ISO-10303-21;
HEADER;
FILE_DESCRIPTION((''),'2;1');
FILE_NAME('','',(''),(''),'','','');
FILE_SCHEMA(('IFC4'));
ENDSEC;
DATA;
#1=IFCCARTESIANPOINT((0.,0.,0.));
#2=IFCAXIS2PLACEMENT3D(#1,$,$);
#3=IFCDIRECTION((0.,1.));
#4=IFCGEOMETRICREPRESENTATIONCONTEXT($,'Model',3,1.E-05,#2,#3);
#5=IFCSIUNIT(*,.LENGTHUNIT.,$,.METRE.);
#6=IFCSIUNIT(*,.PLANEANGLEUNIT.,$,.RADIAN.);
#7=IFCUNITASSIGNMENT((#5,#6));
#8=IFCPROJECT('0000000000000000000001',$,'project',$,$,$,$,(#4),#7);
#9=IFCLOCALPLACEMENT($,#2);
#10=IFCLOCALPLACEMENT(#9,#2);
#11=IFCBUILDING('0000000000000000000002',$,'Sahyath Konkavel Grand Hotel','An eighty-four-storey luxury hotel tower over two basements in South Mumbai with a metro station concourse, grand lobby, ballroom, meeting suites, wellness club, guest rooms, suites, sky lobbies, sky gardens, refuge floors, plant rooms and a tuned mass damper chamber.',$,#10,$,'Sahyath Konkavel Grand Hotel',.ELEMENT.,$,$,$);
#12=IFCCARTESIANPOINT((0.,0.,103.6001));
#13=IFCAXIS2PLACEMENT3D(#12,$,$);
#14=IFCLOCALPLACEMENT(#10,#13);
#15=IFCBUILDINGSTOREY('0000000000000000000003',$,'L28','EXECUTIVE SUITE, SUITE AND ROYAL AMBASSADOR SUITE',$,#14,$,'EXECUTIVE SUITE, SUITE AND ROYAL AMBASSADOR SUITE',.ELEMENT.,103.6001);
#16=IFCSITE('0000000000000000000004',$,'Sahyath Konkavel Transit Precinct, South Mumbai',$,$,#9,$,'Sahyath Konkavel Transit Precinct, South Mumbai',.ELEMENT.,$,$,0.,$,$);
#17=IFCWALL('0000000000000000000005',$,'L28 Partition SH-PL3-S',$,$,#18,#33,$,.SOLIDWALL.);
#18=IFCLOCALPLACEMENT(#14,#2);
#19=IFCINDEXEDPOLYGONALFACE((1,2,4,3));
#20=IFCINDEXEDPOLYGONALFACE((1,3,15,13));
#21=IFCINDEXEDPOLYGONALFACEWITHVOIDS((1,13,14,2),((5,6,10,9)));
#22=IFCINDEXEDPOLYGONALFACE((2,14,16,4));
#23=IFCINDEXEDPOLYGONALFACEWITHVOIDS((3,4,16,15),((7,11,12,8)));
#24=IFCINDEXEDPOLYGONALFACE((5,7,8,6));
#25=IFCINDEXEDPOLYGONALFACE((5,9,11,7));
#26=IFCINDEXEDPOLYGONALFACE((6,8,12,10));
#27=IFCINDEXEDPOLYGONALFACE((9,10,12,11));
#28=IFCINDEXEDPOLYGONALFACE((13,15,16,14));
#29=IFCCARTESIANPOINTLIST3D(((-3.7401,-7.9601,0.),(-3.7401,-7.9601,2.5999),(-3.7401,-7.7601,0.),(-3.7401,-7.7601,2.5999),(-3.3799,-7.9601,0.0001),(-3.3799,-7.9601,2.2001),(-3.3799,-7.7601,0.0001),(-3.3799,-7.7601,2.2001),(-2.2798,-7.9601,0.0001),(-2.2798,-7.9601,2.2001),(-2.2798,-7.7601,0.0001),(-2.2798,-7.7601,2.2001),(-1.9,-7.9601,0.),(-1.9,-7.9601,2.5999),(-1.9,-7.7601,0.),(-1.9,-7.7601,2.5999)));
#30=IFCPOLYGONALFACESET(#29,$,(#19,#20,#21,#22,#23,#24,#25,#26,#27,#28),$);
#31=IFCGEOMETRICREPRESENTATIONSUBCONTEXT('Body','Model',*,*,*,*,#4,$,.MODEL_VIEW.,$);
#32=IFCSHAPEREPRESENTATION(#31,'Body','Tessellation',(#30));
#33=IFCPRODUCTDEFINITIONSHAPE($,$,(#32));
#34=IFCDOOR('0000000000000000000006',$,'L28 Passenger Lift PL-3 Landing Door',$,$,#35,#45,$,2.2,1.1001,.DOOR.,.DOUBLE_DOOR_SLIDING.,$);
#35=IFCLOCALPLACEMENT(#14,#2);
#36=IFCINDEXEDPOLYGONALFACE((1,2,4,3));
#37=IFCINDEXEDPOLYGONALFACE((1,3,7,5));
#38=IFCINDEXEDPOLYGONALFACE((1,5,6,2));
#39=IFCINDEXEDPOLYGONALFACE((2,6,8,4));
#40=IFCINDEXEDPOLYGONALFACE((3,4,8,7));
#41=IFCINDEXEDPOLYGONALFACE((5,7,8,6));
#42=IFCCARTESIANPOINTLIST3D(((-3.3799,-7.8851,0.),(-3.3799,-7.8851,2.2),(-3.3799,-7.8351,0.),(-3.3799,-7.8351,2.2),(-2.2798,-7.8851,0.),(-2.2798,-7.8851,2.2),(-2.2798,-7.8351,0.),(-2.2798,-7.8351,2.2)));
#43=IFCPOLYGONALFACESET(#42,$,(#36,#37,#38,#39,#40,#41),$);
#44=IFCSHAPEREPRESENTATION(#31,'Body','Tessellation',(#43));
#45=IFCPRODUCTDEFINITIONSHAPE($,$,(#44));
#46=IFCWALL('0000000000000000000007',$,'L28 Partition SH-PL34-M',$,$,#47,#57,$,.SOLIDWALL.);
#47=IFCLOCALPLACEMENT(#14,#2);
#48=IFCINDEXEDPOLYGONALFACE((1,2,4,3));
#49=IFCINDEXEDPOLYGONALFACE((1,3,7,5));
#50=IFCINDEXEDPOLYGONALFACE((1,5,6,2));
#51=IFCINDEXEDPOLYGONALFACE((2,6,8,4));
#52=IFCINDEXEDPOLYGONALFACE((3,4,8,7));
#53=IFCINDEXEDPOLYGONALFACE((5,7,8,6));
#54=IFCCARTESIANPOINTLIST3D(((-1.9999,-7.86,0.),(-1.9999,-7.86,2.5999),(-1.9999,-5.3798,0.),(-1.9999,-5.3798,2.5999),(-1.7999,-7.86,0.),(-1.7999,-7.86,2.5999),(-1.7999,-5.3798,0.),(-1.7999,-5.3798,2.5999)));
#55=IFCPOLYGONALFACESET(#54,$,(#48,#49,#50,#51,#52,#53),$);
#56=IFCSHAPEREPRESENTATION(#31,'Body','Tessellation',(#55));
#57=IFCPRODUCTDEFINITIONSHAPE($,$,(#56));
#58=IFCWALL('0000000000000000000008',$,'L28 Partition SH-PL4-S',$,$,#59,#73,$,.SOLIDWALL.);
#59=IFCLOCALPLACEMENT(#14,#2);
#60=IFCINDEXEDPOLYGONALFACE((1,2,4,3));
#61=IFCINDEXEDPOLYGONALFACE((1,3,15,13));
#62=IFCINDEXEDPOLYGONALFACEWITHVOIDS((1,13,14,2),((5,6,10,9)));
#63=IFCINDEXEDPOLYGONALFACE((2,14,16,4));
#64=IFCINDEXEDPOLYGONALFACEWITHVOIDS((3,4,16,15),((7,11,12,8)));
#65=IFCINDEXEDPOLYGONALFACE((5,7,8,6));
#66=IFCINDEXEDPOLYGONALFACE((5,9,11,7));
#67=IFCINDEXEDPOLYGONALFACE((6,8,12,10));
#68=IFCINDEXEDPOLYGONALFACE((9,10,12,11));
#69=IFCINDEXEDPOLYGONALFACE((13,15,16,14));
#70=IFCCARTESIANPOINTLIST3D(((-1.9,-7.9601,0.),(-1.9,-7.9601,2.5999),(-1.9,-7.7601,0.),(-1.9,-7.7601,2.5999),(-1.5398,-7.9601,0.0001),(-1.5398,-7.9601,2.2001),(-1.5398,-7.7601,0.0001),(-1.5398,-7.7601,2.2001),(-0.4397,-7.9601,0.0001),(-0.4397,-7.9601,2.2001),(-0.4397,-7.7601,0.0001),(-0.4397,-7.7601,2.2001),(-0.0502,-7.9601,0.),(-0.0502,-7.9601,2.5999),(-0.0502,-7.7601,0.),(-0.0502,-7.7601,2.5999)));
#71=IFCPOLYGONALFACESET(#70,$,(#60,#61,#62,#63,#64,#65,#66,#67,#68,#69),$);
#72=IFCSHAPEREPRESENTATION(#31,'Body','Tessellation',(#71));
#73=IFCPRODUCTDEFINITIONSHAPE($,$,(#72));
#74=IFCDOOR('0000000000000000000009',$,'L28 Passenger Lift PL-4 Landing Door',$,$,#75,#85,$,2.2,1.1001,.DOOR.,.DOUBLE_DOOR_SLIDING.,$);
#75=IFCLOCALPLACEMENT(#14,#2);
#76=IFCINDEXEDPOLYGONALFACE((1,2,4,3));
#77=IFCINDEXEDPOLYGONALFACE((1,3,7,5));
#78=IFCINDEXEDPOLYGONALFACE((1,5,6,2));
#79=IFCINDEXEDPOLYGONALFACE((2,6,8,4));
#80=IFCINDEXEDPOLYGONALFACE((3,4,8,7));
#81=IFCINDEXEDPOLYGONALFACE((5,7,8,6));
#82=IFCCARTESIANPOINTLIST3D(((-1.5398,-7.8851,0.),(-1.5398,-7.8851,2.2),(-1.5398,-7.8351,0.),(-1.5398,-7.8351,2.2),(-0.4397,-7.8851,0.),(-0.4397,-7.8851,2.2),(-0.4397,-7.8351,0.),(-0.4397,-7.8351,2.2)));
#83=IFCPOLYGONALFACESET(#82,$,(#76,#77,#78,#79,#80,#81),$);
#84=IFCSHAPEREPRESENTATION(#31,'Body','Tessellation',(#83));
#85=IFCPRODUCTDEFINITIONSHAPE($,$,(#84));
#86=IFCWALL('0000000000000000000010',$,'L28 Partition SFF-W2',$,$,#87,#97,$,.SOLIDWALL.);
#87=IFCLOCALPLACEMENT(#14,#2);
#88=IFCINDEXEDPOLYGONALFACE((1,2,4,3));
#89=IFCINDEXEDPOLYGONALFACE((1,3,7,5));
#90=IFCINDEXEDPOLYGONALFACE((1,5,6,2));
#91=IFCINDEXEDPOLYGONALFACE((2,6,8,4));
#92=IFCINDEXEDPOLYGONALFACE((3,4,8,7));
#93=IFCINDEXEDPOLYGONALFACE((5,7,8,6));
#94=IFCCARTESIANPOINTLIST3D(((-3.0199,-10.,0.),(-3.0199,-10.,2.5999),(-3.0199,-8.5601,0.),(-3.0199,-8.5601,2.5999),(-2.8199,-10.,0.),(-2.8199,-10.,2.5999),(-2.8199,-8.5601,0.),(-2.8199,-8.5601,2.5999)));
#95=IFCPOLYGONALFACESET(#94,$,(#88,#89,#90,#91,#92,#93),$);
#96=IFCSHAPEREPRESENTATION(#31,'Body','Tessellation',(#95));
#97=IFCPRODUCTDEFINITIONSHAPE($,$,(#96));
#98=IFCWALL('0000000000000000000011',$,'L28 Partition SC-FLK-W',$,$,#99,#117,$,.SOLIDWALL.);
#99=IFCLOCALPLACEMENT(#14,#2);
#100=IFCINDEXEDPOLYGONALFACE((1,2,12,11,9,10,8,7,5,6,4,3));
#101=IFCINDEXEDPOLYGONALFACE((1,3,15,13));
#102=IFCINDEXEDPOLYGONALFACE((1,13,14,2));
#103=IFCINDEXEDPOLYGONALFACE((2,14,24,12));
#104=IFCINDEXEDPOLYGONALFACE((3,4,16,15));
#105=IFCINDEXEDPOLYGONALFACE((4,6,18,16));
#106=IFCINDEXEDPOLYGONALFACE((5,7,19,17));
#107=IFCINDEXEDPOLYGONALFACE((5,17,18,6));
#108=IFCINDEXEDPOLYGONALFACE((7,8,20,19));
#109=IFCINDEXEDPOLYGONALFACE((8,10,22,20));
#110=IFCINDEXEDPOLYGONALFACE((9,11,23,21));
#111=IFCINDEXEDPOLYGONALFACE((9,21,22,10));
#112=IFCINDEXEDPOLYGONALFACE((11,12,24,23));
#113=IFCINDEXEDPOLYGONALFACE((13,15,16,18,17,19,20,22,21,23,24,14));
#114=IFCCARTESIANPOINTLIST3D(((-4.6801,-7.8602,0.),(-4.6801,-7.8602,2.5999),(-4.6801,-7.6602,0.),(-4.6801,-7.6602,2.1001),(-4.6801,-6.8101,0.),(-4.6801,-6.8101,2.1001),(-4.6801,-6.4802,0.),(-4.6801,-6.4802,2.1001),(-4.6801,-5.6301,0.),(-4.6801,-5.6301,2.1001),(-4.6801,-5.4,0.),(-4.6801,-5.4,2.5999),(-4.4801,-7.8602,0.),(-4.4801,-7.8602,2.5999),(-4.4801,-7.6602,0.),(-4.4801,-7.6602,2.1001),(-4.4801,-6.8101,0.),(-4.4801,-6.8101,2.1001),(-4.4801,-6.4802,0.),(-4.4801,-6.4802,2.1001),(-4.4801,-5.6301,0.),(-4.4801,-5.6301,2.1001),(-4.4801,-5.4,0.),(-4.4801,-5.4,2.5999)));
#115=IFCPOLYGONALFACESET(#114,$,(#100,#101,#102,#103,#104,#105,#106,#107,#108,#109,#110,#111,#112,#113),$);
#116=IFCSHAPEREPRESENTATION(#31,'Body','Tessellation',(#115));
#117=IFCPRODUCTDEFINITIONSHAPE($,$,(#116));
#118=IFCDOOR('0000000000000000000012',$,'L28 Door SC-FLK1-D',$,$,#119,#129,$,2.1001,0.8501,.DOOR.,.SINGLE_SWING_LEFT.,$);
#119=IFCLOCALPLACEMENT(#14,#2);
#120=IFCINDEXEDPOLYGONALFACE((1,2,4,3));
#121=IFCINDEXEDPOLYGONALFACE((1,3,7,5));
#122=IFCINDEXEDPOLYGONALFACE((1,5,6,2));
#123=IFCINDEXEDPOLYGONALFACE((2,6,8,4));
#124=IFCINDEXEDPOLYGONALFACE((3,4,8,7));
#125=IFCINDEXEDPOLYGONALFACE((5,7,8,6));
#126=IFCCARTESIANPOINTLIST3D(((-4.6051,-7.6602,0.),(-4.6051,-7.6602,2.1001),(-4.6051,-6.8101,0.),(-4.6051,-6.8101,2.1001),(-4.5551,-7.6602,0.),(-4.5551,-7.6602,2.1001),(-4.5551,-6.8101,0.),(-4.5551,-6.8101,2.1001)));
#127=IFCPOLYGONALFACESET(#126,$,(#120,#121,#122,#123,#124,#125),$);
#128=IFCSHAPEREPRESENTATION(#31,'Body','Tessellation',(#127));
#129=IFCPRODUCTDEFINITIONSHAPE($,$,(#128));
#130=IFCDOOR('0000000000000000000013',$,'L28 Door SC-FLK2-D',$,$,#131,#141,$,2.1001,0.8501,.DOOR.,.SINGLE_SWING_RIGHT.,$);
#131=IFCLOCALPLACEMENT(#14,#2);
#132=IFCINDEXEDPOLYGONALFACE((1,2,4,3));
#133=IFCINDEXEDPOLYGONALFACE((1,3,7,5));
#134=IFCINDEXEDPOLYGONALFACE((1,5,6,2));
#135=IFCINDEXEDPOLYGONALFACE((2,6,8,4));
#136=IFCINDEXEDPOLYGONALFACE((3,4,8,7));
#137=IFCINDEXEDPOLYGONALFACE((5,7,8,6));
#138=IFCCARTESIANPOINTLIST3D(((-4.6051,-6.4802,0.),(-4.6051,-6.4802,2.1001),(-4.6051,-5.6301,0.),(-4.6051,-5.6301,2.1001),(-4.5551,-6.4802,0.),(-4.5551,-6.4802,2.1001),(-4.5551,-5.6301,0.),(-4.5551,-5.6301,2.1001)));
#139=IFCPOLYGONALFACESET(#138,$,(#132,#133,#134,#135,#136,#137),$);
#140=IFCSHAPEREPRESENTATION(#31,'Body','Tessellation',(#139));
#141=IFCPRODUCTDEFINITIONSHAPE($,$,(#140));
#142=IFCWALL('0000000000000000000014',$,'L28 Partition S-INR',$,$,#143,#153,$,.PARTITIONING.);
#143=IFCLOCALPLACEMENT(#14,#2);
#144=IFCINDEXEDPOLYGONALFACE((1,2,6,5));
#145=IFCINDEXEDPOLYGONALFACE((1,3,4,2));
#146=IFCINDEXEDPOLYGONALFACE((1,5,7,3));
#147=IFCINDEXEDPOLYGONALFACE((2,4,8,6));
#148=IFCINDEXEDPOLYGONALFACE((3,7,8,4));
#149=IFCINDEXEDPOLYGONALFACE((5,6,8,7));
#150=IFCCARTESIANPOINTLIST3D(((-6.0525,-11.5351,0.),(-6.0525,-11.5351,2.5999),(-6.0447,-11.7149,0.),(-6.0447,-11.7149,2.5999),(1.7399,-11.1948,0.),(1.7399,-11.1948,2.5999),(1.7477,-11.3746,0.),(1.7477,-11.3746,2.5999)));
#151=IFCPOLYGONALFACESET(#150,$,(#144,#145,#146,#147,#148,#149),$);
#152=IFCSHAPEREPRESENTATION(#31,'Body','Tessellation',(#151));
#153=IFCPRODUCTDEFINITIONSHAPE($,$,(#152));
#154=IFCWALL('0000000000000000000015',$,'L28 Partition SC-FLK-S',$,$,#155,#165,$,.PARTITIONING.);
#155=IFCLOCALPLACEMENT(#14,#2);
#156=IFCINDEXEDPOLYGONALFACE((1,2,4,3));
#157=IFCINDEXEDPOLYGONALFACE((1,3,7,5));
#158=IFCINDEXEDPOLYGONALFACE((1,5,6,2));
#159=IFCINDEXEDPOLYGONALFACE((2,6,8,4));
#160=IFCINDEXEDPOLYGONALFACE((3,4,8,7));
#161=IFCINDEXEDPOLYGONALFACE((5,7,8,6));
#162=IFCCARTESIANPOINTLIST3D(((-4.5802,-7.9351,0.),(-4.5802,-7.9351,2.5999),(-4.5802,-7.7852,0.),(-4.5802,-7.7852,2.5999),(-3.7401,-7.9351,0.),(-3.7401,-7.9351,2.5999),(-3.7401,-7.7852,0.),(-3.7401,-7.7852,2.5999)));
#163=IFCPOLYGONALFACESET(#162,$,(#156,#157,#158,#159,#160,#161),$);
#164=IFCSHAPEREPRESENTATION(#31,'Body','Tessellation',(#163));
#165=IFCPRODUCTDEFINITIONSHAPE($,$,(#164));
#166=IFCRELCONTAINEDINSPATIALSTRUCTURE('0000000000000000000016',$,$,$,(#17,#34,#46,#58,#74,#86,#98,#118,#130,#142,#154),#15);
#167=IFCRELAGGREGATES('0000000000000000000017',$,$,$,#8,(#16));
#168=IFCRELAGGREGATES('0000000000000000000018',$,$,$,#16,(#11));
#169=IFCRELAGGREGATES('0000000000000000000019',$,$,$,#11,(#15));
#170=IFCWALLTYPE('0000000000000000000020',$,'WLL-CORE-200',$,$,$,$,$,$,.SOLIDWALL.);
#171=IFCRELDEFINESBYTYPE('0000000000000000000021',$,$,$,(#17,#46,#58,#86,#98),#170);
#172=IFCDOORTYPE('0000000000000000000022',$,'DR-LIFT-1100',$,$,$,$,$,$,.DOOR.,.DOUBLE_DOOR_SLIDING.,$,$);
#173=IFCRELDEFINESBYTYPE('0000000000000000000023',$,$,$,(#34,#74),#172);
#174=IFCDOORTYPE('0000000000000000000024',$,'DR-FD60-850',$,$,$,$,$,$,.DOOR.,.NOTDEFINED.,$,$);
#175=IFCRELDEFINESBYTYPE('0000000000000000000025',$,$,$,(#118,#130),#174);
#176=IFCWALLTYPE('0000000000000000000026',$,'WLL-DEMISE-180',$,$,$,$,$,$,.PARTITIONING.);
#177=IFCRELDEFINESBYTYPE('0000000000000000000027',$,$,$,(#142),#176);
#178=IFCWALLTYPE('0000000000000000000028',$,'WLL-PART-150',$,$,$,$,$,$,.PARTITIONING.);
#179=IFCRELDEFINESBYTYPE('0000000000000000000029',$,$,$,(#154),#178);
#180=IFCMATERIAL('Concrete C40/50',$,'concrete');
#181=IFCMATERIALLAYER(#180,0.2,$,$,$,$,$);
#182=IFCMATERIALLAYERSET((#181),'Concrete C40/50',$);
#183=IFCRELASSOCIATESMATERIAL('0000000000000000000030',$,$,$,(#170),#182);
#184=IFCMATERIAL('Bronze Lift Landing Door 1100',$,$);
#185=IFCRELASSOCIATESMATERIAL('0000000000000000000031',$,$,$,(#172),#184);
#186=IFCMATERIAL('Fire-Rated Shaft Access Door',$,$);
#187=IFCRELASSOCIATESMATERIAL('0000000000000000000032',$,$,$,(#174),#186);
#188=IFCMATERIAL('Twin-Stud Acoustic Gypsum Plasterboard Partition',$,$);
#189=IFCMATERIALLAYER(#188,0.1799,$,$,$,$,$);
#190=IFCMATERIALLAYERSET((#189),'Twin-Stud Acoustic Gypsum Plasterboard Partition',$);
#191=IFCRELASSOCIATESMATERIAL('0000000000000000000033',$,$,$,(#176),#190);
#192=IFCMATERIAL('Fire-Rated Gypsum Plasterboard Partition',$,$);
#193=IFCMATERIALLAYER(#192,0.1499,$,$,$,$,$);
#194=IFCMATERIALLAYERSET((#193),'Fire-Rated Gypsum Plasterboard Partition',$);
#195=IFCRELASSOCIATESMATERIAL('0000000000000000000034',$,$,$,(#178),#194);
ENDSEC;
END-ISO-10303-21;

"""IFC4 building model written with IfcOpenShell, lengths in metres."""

from ifc_helpers import new_model, si_unit, direction, frame, frame_2d, origin, origin_2d, place, context, subcontext, project, spatial, rectangle, extrude, source, transform, mapped, material, layer, layer_set, type_object, element, fill, save


model = new_model("IFC4")

# Units and contexts
model_context = context("Model", 3, precision=1e-05, world=origin(), true_north=direction((0.0, 1.0)))
body_context = subcontext(model_context, "Body", "Model", "MODEL_VIEW")
ifc_project = project(units=[si_unit("LENGTHUNIT", "METRE"), si_unit("PLANEANGLEUNIT", "RADIAN")], contexts=[model_context])

# Site, building, storey
site_placement = place(None, origin())
site = spatial("IfcSite", under=ifc_project, at=site_placement, Name="Sahyath Konkavel Transit Precinct, South Mumbai", LongName="Sahyath Konkavel Transit Precinct, South Mumbai", CompositionType="ELEMENT", RefElevation=0.0)
building_placement = place(site_placement, origin())
building = spatial("IfcBuilding", under=site, at=building_placement, Name="Sahyath Konkavel Grand Hotel", Description="An eighty-four-storey luxury hotel tower over two basements in South Mumbai with a metro station concourse, grand lobby, ballroom, meeting suites, wellness club, guest rooms, suites, sky lobbies, sky gardens, refuge floors, plant rooms and a tuned mass damper chamber.", LongName="Sahyath Konkavel Grand Hotel", CompositionType="ELEMENT")
storey_placement = place(building_placement, frame((0.0, 0.0, 103.6001)))
storey = spatial("IfcBuildingStorey", under=building, at=storey_placement, Name="L28", Description="EXECUTIVE SUITE, SUITE AND ROYAL AMBASSADOR SUITE", LongName="EXECUTIVE SUITE, SUITE AND ROYAL AMBASSADOR SUITE", CompositionType="ELEMENT", Elevation=103.6001)

# Shared definitions
ifc_material_1 = material(Name="Concrete C40/50", Category="concrete")
ifc_layer_1 = layer(ifc_material_1, 0.2)
ifc_layer_set_1 = layer_set([ifc_layer_1], Name="Concrete C40/50")
wall_type_1 = type_object("IfcWallType", Name="WLL-CORE-200", PredefinedType="SOLIDWALL", material=ifc_layer_set_1)

# Wall, opening, door
wall_1_placement = place(storey_placement, frame((-3.74, -7.8601, 0.0), z_axis=(0.0, 0.0, 1.0), x_axis=(1.0, 0.0, 0.0)))
wall_1 = element("IfcWall", 1, at=wall_1_placement, inside=storey, type_object=wall_type_1, Name="L28 Partition SH-PL3-S", PredefinedType="SOLIDWALL", context=body_context, shape_type="SweptSolid", body=[
    extrude(rectangle(XDim=1.8401, YDim=0.2, at=frame_2d((0.9199, 0.0))), origin(), (0.0, 0.0, 1.0), 2.5999),
])
opening_1_placement = place(wall_1_placement, frame((0.3601, 0.0, 0.0)))
opening_1 = element("IfcOpeningElement", 2, at=opening_1_placement, cuts=wall_1, PredefinedType="OPENING", context=body_context, shape_type="SweptSolid", body=[
    extrude(rectangle(XDim=1.1001, YDim=2.2, at=frame_2d((0.55, 1.1001))), frame((0.0, 0.1099, 0.0), z_axis=(0.0, -1.0, 0.0), x_axis=(1.0, 0.0, 0.0)), (0.0, 0.0, 1.0), 0.22),
])
ifc_material_2 = material(Name="Bronze Lift Landing Door 1100")
door_type_1 = type_object("IfcDoorType", Name="DR-LIFT-1100", OperationType="DOUBLE_DOOR_SLIDING", PredefinedType="DOOR", material=ifc_material_2)
shared_shape_1 = source(origin(), body_context, "Body", "SweptSolid", [
    extrude(rectangle(XDim=1.1001, YDim=0.05, at=origin_2d()), origin(), (0.0, 0.0, 1.0), 2.2),
])
door_1_placement = place(opening_1_placement, frame((0.55, 0.0, 0.0)))
door_1 = element("IfcDoor", 3, at=door_1_placement, inside=storey, type_object=door_type_1, Name="L28 Passenger Lift PL-3 Landing Door", OperationType="DOUBLE_DOOR_SLIDING", OverallHeight=2.2, OverallWidth=1.1001, PredefinedType="DOOR", context=body_context, shape_type="MappedRepresentation", body=[
    mapped(shared_shape_1, transform((0.0, 0.0, 0.0), scale=1.0)),
])
fill(opening_1, door_1)

# Wall
wall_2_placement = place(storey_placement, frame((-1.8999, -7.8601, 0.0), z_axis=(0.0, 0.0, 1.0), x_axis=(0.0, 1.0, 0.0)))
element("IfcWall", 4, at=wall_2_placement, inside=storey, type_object=wall_type_1, Name="L28 Partition SH-PL34-M", PredefinedType="SOLIDWALL", context=body_context, shape_type="SweptSolid", body=[
    extrude(rectangle(XDim=2.4802, YDim=0.2, at=frame_2d((1.2402, 0.0))), origin(), (0.0, 0.0, 1.0), 2.5999),
])

# Wall, opening, door
wall_3_placement = place(storey_placement, frame((-1.8999, -7.8601, 0.0), z_axis=(0.0, 0.0, 1.0), x_axis=(1.0, 0.0, 0.0)))
wall_3 = element("IfcWall", 5, at=wall_3_placement, inside=storey, type_object=wall_type_1, Name="L28 Partition SH-PL4-S", PredefinedType="SOLIDWALL", context=body_context, shape_type="SweptSolid", body=[
    extrude(rectangle(XDim=1.8499, YDim=0.2, at=frame_2d((0.9248, 0.0))), origin(), (0.0, 0.0, 1.0), 2.5999),
])
opening_2_placement = place(wall_3_placement, frame((0.3601, 0.0, 0.0)))
opening_2 = element("IfcOpeningElement", 6, at=opening_2_placement, cuts=wall_3, PredefinedType="OPENING", context=body_context, shape_type="SweptSolid", body=[
    extrude(rectangle(XDim=1.1001, YDim=2.2, at=frame_2d((0.55, 1.1001))), frame((0.0, 0.1099, 0.0), z_axis=(0.0, -1.0, 0.0), x_axis=(1.0, 0.0, 0.0)), (0.0, 0.0, 1.0), 0.22),
])
door_2_placement = place(opening_2_placement, frame((0.55, 0.0, 0.0)))
door_2 = element("IfcDoor", 7, at=door_2_placement, inside=storey, type_object=door_type_1, Name="L28 Passenger Lift PL-4 Landing Door", OperationType="DOUBLE_DOOR_SLIDING", OverallHeight=2.2, OverallWidth=1.1001, PredefinedType="DOOR", context=body_context, shape_type="MappedRepresentation", body=[
    mapped(shared_shape_1, transform((0.0, 0.0, 0.0), scale=1.0)),
])
fill(opening_2, door_2)

# Wall
wall_4_placement = place(storey_placement, frame((-2.9199, -10.0, 0.0), z_axis=(0.0, 0.0, 1.0), x_axis=(0.0, 1.0, 0.0)))
element("IfcWall", 8, at=wall_4_placement, inside=storey, type_object=wall_type_1, Name="L28 Partition SFF-W2", PredefinedType="SOLIDWALL", context=body_context, shape_type="SweptSolid", body=[
    extrude(rectangle(XDim=1.4399, YDim=0.2, at=frame_2d((0.72, 0.0))), origin(), (0.0, 0.0, 1.0), 2.5999),
])

# Wall, openings, doors
wall_5_placement = place(storey_placement, frame((-4.5801, -7.8601, 0.0), z_axis=(0.0, 0.0, 1.0), x_axis=(0.0, 1.0, 0.0)))
wall_5 = element("IfcWall", 9, at=wall_5_placement, inside=storey, type_object=wall_type_1, Name="L28 Partition SC-FLK-W", PredefinedType="SOLIDWALL", context=body_context, shape_type="SweptSolid", body=[
    extrude(rectangle(XDim=2.4602, YDim=0.2, at=frame_2d((1.23, 0.0))), origin(), (0.0, 0.0, 1.0), 2.5999),
])
opening_3_placement = place(wall_5_placement, frame((0.2, 0.0, 0.0)))
opening_3 = element("IfcOpeningElement", 10, at=opening_3_placement, cuts=wall_5, PredefinedType="OPENING", context=body_context, shape_type="SweptSolid", body=[
    extrude(rectangle(XDim=0.8501, YDim=2.1001, at=frame_2d((0.425, 1.05))), frame((0.0, 0.1099, 0.0), z_axis=(0.0, -1.0, 0.0), x_axis=(1.0, 0.0, 0.0)), (0.0, 0.0, 1.0), 0.22),
])
opening_4_placement = place(wall_5_placement, frame((1.3799, 0.0, 0.0)))
opening_4 = element("IfcOpeningElement", 11, at=opening_4_placement, cuts=wall_5, PredefinedType="OPENING", context=body_context, shape_type="SweptSolid", body=[
    extrude(rectangle(XDim=0.8501, YDim=2.1001, at=frame_2d((0.425, 1.05))), frame((0.0, 0.1099, 0.0), z_axis=(0.0, -1.0, 0.0), x_axis=(1.0, 0.0, 0.0)), (0.0, 0.0, 1.0), 0.22),
])
ifc_material_3 = material(Name="Fire-Rated Shaft Access Door")
door_type_2 = type_object("IfcDoorType", Name="DR-FD60-850", OperationType="NOTDEFINED", PredefinedType="DOOR", material=ifc_material_3)
shared_shape_2 = source(origin(), body_context, "Body", "SweptSolid", [
    extrude(rectangle(XDim=0.8501, YDim=0.05, at=origin_2d()), origin(), (0.0, 0.0, 1.0), 2.1001),
])
door_3_placement = place(opening_3_placement, frame((0.425, 0.0, 0.0)))
door_3 = element("IfcDoor", 12, at=door_3_placement, inside=storey, type_object=door_type_2, Name="L28 Door SC-FLK1-D", OperationType="SINGLE_SWING_LEFT", OverallHeight=2.1001, OverallWidth=0.8501, PredefinedType="DOOR", context=body_context, shape_type="MappedRepresentation", body=[
    mapped(shared_shape_2, transform((0.0, 0.0, 0.0), scale=1.0)),
])
fill(opening_3, door_3)
door_4_placement = place(opening_4_placement, frame((0.425, 0.0, 0.0)))
door_4 = element("IfcDoor", 13, at=door_4_placement, inside=storey, type_object=door_type_2, Name="L28 Door SC-FLK2-D", OperationType="SINGLE_SWING_RIGHT", OverallHeight=2.1001, OverallWidth=0.8501, PredefinedType="DOOR", context=body_context, shape_type="MappedRepresentation", body=[
    mapped(shared_shape_2, transform((0.0, 0.0, 0.0), scale=1.0)),
])
fill(opening_4, door_4)

# Walls
ifc_material_4 = material(Name="Twin-Stud Acoustic Gypsum Plasterboard Partition")
ifc_layer_2 = layer(ifc_material_4, 0.1799)
ifc_layer_set_2 = layer_set([ifc_layer_2], Name="Twin-Stud Acoustic Gypsum Plasterboard Partition")
wall_type_2 = type_object("IfcWallType", Name="WLL-DEMISE-180", PredefinedType="PARTITIONING", material=ifc_layer_set_2)
wall_6_placement = place(storey_placement, frame((-6.0486, -11.625, 0.0), z_axis=(0.0, 0.0, 1.0), x_axis=(0.999048, 0.043633, 0.0)))
element("IfcWall", 14, at=wall_6_placement, inside=storey, type_object=wall_type_2, Name="L28 Partition S-INR", PredefinedType="PARTITIONING", context=body_context, shape_type="SweptSolid", body=[
    extrude(rectangle(XDim=7.7998, YDim=0.1799, at=frame_2d((3.8999, 0.0))), origin(), (0.0, 0.0, 1.0), 2.5999),
])
ifc_material_5 = material(Name="Fire-Rated Gypsum Plasterboard Partition")
ifc_layer_3 = layer(ifc_material_5, 0.1499)
ifc_layer_set_3 = layer_set([ifc_layer_3], Name="Fire-Rated Gypsum Plasterboard Partition")
wall_type_3 = type_object("IfcWallType", Name="WLL-PART-150", PredefinedType="PARTITIONING", material=ifc_layer_set_3)
wall_7_placement = place(storey_placement, frame((-4.5801, -7.8601, 0.0), z_axis=(0.0, 0.0, 1.0), x_axis=(1.0, 0.0, 0.0)))
element("IfcWall", 15, at=wall_7_placement, inside=storey, type_object=wall_type_3, Name="L28 Partition SC-FLK-S", PredefinedType="PARTITIONING", context=body_context, shape_type="SweptSolid", body=[
    extrude(rectangle(XDim=0.8401, YDim=0.1499, at=frame_2d((0.4199, 0.0))), origin(), (0.0, 0.0, 1.0), 2.5999),
])

save(model, "model.ifc")
